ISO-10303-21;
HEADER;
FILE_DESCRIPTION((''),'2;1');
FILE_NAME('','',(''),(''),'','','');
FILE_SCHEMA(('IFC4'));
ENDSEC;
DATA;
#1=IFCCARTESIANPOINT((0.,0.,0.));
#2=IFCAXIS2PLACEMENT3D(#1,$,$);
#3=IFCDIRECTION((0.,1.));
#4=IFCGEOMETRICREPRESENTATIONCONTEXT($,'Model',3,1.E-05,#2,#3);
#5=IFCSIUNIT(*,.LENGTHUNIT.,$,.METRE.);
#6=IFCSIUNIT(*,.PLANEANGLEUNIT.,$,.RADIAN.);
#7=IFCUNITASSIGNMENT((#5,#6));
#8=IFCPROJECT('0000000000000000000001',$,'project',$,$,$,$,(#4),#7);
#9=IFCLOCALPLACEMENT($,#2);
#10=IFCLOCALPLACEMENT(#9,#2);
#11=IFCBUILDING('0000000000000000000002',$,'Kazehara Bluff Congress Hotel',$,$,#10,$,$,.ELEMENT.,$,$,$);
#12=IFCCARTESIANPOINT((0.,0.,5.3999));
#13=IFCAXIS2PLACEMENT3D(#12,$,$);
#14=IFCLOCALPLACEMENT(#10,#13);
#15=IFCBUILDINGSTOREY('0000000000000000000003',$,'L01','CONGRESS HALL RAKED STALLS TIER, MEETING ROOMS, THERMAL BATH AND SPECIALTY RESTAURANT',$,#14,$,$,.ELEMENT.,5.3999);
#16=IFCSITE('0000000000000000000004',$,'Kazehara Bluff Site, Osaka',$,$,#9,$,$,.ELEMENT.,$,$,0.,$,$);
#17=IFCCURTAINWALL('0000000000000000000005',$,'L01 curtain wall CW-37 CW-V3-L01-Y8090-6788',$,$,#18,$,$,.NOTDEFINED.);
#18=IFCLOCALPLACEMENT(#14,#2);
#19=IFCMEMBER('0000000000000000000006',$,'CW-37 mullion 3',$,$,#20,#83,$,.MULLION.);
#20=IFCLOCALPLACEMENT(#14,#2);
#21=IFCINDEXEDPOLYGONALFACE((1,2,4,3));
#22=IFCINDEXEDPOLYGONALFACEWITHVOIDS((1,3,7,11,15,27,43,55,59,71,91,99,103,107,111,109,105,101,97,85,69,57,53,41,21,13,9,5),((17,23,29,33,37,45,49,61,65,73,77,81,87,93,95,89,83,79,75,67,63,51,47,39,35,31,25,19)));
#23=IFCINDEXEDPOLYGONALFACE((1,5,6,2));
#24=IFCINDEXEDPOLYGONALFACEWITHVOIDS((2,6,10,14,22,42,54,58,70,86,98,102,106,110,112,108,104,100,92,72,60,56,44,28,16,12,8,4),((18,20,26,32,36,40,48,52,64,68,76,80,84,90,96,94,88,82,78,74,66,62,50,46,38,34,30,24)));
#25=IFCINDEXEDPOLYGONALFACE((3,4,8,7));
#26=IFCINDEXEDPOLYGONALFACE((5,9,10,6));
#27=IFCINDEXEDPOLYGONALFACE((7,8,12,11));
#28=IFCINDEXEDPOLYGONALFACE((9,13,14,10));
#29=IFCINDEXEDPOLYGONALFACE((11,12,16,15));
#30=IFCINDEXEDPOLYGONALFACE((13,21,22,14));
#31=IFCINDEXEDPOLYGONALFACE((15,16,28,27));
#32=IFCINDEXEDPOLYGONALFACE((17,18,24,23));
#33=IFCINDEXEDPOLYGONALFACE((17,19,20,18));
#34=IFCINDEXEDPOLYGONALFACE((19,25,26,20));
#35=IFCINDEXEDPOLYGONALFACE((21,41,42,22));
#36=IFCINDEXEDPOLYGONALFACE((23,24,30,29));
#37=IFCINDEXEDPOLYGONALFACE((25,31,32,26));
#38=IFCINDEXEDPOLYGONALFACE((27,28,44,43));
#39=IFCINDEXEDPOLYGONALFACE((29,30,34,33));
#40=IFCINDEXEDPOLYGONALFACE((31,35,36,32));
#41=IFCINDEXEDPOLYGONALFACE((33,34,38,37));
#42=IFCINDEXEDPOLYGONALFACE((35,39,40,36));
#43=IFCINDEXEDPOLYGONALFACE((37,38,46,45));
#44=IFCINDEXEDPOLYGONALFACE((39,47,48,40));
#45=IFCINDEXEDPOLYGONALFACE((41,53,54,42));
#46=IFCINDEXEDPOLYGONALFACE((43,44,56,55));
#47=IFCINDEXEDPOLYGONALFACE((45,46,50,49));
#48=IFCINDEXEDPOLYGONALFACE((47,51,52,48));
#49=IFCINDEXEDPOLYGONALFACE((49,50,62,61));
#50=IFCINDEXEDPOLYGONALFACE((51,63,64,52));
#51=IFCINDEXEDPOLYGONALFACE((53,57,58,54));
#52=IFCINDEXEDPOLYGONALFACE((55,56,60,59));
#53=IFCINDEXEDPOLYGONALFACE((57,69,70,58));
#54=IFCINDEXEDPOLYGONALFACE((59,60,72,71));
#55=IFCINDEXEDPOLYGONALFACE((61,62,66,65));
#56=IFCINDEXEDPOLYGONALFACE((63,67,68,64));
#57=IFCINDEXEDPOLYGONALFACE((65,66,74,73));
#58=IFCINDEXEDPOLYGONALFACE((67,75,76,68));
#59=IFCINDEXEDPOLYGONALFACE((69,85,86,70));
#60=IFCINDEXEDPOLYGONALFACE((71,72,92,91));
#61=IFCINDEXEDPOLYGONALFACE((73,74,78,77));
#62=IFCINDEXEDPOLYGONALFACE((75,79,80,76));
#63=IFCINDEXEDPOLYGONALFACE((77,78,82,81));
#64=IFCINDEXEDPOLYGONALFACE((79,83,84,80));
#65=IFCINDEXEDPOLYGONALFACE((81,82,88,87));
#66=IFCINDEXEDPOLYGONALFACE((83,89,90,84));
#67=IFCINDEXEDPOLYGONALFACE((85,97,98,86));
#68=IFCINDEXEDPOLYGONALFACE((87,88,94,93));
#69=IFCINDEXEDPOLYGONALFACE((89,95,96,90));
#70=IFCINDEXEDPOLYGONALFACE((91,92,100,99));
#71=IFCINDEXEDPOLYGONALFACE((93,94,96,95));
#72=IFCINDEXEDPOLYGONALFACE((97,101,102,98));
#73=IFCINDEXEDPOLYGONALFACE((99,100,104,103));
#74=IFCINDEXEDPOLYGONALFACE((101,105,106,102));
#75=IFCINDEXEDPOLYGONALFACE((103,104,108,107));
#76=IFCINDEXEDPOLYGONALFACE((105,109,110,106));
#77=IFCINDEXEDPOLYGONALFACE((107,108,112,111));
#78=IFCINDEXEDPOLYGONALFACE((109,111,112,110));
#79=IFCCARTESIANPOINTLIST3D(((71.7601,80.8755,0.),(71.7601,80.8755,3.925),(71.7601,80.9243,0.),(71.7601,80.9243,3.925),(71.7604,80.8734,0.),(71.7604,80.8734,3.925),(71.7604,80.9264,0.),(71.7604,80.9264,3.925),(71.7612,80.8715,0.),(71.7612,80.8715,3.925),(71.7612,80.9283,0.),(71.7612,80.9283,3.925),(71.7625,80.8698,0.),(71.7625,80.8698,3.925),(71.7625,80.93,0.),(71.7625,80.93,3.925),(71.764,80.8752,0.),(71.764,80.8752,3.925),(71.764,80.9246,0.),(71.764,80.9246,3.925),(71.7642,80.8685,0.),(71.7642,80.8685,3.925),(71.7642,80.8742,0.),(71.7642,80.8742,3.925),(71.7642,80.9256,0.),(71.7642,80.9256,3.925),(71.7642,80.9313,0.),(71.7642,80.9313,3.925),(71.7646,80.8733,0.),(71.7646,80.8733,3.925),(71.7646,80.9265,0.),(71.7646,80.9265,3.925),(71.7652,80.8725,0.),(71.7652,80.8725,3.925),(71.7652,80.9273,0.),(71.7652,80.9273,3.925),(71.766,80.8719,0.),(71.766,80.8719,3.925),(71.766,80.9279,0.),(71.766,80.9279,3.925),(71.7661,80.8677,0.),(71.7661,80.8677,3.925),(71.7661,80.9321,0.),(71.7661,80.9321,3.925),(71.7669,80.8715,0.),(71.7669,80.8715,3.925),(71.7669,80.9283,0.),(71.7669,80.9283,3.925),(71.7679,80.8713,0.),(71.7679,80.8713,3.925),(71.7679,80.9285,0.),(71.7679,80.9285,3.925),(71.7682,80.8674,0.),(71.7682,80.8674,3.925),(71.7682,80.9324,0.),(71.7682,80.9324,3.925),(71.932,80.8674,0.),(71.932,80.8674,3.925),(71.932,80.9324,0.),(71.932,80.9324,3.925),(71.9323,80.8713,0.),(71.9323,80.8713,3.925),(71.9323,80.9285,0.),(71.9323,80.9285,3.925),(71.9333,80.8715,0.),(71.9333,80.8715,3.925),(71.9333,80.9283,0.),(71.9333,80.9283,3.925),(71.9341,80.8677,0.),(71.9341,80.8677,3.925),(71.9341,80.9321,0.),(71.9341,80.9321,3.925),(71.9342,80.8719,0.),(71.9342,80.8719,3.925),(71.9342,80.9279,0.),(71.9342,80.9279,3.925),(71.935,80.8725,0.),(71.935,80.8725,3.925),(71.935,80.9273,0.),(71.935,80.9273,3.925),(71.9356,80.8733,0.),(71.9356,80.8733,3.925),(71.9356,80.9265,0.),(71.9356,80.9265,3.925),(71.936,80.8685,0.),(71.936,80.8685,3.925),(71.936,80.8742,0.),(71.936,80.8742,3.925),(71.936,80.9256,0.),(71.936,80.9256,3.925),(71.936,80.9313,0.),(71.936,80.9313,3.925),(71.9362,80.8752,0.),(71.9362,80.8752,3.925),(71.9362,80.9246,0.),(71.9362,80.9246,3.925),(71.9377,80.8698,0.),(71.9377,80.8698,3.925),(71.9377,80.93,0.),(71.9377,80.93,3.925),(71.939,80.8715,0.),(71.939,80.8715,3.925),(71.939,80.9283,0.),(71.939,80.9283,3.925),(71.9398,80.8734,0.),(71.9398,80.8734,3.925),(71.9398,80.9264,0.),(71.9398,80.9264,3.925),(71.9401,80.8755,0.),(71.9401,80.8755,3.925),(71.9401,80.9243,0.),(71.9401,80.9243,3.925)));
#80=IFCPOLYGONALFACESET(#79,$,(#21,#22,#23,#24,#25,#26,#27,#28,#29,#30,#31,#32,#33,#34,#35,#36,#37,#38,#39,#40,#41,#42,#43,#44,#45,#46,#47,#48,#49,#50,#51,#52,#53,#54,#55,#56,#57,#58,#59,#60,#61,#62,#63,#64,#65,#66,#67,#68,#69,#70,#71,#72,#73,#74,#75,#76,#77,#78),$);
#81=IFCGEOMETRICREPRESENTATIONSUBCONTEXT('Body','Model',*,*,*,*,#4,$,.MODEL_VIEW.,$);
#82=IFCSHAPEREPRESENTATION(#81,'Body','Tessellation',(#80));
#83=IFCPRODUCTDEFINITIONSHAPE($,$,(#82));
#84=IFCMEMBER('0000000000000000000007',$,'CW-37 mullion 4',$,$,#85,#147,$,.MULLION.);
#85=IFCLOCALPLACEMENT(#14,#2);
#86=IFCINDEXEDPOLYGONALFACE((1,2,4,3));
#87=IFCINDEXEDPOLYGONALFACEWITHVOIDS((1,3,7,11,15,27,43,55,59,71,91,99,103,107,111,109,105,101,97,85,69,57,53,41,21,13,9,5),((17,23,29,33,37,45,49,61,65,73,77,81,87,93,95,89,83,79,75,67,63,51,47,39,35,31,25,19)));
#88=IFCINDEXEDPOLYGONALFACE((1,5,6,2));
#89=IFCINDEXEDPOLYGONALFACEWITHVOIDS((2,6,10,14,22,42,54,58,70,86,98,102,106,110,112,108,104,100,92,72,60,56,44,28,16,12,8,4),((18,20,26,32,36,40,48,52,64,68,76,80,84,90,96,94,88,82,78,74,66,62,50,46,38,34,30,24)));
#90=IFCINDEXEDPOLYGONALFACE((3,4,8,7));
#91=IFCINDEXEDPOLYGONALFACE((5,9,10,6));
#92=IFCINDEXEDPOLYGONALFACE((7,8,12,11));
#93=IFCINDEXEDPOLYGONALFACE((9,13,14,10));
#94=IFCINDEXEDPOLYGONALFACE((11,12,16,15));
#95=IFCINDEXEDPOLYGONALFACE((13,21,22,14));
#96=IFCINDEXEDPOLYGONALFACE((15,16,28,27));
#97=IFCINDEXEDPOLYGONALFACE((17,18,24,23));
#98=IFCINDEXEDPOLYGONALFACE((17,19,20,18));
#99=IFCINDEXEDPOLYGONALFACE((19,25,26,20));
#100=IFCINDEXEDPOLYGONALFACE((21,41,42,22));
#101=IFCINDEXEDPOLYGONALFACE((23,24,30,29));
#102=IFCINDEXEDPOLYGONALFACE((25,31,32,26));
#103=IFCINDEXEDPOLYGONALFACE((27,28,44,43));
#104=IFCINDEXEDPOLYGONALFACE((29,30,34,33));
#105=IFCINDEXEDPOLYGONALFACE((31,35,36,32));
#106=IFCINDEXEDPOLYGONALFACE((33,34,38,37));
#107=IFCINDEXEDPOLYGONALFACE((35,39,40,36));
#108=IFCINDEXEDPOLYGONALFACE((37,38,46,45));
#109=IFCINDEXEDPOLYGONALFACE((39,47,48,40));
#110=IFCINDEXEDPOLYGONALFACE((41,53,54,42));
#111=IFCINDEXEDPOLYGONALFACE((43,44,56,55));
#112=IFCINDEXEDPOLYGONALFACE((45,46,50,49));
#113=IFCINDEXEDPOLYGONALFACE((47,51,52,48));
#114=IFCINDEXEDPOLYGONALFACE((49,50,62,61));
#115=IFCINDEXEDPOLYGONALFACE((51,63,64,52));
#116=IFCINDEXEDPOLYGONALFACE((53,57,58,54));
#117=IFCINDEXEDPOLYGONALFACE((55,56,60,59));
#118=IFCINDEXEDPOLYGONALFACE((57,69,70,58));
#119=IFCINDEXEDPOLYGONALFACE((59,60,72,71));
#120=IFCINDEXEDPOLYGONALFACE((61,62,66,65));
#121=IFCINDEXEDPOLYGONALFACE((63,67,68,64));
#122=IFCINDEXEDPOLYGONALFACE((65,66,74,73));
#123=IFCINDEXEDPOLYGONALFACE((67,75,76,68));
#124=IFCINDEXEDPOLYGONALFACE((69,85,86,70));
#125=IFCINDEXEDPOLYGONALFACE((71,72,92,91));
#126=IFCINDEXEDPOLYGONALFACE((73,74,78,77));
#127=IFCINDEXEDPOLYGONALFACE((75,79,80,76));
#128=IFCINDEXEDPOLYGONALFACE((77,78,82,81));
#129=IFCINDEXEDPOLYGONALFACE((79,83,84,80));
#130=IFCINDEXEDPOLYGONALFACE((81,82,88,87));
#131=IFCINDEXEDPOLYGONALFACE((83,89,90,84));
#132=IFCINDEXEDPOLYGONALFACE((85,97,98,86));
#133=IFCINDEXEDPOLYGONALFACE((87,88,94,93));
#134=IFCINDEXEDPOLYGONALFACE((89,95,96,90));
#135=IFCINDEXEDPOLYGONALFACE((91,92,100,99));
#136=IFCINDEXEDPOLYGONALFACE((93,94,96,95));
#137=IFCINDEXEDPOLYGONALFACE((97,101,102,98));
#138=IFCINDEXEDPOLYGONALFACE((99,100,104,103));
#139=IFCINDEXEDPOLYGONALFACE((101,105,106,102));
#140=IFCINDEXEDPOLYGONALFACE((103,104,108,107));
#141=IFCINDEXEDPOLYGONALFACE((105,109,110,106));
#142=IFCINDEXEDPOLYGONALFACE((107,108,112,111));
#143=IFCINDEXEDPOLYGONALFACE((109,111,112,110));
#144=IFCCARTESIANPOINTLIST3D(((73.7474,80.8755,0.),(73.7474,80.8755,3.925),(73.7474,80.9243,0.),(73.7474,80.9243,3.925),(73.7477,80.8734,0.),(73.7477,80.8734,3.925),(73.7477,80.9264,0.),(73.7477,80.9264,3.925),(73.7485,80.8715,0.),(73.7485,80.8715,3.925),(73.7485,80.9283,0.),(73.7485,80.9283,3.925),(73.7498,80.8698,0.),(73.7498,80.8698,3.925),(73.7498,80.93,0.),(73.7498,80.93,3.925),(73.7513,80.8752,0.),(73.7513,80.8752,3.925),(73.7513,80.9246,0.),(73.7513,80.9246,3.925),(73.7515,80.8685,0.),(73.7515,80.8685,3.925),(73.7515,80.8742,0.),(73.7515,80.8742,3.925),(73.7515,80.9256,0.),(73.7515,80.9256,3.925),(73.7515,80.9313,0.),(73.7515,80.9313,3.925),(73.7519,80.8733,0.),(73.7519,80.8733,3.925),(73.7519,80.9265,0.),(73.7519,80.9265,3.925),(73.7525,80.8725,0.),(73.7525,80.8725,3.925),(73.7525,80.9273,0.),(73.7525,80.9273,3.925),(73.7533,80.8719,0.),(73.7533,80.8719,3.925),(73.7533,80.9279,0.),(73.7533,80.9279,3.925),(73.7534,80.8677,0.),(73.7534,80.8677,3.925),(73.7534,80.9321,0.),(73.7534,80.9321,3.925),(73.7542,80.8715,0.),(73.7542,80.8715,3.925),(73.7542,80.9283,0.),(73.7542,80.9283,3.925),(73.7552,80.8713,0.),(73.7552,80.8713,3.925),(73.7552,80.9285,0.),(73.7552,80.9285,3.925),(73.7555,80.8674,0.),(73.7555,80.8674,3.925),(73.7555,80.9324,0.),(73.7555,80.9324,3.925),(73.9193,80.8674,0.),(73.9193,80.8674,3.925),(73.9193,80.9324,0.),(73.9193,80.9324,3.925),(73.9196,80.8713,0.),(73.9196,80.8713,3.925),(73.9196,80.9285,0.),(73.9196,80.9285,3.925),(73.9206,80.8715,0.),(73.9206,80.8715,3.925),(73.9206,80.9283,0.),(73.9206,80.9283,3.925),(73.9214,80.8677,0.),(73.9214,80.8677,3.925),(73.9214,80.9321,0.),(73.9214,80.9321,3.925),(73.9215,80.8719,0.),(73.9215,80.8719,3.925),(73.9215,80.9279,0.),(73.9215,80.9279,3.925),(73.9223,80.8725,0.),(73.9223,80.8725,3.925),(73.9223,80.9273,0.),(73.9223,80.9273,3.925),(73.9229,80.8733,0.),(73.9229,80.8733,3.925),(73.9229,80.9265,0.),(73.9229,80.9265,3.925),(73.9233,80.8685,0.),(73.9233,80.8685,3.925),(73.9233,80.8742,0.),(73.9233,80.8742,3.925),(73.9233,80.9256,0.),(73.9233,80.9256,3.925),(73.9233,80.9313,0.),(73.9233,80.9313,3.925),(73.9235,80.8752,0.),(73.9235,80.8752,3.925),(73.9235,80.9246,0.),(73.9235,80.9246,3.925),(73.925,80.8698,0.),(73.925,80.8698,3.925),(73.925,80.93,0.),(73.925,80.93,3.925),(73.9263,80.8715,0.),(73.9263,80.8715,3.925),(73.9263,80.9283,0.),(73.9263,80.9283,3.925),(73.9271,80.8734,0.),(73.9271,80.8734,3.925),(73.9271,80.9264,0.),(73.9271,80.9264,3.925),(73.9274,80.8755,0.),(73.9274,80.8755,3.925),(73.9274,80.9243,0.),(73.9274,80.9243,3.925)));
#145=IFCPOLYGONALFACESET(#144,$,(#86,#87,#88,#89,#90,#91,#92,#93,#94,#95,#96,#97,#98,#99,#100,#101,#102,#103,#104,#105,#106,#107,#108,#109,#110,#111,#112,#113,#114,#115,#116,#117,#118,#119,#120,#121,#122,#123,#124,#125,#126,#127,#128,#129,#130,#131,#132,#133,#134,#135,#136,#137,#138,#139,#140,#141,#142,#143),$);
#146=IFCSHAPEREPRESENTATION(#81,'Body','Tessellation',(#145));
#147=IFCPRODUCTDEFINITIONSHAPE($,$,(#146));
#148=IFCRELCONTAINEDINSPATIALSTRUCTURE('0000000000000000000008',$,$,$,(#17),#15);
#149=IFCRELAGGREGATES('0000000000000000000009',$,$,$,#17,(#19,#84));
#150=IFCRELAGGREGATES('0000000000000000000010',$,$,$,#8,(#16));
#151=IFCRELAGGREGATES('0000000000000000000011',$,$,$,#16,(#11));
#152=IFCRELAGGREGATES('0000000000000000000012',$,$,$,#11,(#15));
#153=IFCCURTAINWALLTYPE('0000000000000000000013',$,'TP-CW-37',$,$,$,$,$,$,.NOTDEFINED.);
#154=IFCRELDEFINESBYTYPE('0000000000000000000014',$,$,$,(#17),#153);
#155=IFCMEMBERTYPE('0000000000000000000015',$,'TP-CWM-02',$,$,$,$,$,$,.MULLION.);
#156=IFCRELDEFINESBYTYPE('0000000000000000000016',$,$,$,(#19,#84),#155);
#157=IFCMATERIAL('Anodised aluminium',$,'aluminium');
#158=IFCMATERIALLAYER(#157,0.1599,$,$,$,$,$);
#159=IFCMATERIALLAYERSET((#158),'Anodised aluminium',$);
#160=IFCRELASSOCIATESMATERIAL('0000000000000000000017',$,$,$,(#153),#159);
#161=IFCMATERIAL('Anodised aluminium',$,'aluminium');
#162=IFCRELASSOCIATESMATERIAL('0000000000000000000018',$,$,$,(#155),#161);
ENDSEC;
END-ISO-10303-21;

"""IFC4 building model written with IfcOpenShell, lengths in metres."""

from ifc_helpers import new_model, si_unit, direction, frame, origin, origin_2d, place, context, subcontext, project, spatial, hollow_rectangle, extrude, material, layer, layer_set, material_profile, profile_set, type_object, element, aggregate, save


model = new_model("IFC4")

# Units and contexts
model_context = context("Model", 3, precision=1e-05, world=origin(), true_north=direction((0.0, 1.0)))
body_context = subcontext(model_context, "Body", "Model", "MODEL_VIEW")
ifc_project = project(units=[si_unit("LENGTHUNIT", "METRE"), si_unit("PLANEANGLEUNIT", "RADIAN")], contexts=[model_context])

# Site, building, storey
site_placement = place(None, origin())
site = spatial("IfcSite", under=ifc_project, at=site_placement, Name="Kazehara Bluff Site, Osaka", CompositionType="ELEMENT", RefElevation=0.0)
building_placement = place(site_placement, origin())
building = spatial("IfcBuilding", under=site, at=building_placement, Name="Kazehara Bluff Congress Hotel", CompositionType="ELEMENT")
storey_placement = place(building_placement, frame((0.0, 0.0, 5.3999)))
storey = spatial("IfcBuildingStorey", under=building, at=storey_placement, Name="L01", Description="CONGRESS HALL RAKED STALLS TIER, MEETING ROOMS, THERMAL BATH AND SPECIALTY RESTAURANT", CompositionType="ELEMENT", Elevation=5.3999)

# Curtain wall, members
ifc_material_1 = material(Name="Anodised aluminium", Category="aluminium")
ifc_layer_1 = layer(ifc_material_1, 0.1599)
ifc_layer_set_1 = layer_set([ifc_layer_1], Name="Anodised aluminium")
curtain_wall_type = type_object("IfcCurtainWallType", Name="TP-CW-37", PredefinedType="NOTDEFINED", material=ifc_layer_set_1)
curtain_wall_placement = place(storey_placement, origin())
curtain_wall = element("IfcCurtainWall", 1, at=curtain_wall_placement, inside=storey, type_object=curtain_wall_type, Name="L01 curtain wall CW-37 CW-V3-L01-Y8090-6788", PredefinedType="NOTDEFINED")
ifc_material_2 = material(Name="Anodised aluminium", Category="aluminium")
ifc_material_profile_1 = material_profile(ifc_material_2, hollow_rectangle(XDim=0.0649, YDim=0.1799, WallThickness=0.0039, InnerFilletRadius=0.0039, OuterFilletRadius=0.0081, at=origin_2d()))
ifc_profile_set_1 = profile_set([ifc_material_profile_1], Name="Anodised aluminium")
member_type_1 = type_object("IfcMemberType", Name="TP-CWM-02", PredefinedType="MULLION", material=ifc_profile_set_1)
member_1_placement = place(storey_placement, frame((71.8501, 80.8999, 0.0), z_axis=(0.0, 0.0, 1.0), x_axis=(0.0, 1.0, 0.0)))
member_1 = element("IfcMember", 2, at=member_1_placement, type_object=member_type_1, Name="CW-37 mullion 3", PredefinedType="MULLION", context=body_context, shape_type="SweptSolid", body=[
    extrude(hollow_rectangle(XDim=0.0649, YDim=0.1799, WallThickness=0.0039, InnerFilletRadius=0.0039, OuterFilletRadius=0.0081, at=origin_2d()), origin(), (0.0, 0.0, 1.0), 3.925),
])
member_2_placement = place(storey_placement, frame((73.8374, 80.8999, 0.0), z_axis=(0.0, 0.0, 1.0), x_axis=(0.0, 1.0, 0.0)))
member_2 = element("IfcMember", 3, at=member_2_placement, type_object=member_type_1, Name="CW-37 mullion 4", PredefinedType="MULLION", context=body_context, shape_type="SweptSolid", body=[
    extrude(hollow_rectangle(XDim=0.0649, YDim=0.1799, WallThickness=0.0039, InnerFilletRadius=0.0039, OuterFilletRadius=0.0081, at=origin_2d()), origin(), (0.0, 0.0, 1.0), 3.925),
])
aggregate(curtain_wall, [member_1, member_2])

save(model, "model.ifc")
